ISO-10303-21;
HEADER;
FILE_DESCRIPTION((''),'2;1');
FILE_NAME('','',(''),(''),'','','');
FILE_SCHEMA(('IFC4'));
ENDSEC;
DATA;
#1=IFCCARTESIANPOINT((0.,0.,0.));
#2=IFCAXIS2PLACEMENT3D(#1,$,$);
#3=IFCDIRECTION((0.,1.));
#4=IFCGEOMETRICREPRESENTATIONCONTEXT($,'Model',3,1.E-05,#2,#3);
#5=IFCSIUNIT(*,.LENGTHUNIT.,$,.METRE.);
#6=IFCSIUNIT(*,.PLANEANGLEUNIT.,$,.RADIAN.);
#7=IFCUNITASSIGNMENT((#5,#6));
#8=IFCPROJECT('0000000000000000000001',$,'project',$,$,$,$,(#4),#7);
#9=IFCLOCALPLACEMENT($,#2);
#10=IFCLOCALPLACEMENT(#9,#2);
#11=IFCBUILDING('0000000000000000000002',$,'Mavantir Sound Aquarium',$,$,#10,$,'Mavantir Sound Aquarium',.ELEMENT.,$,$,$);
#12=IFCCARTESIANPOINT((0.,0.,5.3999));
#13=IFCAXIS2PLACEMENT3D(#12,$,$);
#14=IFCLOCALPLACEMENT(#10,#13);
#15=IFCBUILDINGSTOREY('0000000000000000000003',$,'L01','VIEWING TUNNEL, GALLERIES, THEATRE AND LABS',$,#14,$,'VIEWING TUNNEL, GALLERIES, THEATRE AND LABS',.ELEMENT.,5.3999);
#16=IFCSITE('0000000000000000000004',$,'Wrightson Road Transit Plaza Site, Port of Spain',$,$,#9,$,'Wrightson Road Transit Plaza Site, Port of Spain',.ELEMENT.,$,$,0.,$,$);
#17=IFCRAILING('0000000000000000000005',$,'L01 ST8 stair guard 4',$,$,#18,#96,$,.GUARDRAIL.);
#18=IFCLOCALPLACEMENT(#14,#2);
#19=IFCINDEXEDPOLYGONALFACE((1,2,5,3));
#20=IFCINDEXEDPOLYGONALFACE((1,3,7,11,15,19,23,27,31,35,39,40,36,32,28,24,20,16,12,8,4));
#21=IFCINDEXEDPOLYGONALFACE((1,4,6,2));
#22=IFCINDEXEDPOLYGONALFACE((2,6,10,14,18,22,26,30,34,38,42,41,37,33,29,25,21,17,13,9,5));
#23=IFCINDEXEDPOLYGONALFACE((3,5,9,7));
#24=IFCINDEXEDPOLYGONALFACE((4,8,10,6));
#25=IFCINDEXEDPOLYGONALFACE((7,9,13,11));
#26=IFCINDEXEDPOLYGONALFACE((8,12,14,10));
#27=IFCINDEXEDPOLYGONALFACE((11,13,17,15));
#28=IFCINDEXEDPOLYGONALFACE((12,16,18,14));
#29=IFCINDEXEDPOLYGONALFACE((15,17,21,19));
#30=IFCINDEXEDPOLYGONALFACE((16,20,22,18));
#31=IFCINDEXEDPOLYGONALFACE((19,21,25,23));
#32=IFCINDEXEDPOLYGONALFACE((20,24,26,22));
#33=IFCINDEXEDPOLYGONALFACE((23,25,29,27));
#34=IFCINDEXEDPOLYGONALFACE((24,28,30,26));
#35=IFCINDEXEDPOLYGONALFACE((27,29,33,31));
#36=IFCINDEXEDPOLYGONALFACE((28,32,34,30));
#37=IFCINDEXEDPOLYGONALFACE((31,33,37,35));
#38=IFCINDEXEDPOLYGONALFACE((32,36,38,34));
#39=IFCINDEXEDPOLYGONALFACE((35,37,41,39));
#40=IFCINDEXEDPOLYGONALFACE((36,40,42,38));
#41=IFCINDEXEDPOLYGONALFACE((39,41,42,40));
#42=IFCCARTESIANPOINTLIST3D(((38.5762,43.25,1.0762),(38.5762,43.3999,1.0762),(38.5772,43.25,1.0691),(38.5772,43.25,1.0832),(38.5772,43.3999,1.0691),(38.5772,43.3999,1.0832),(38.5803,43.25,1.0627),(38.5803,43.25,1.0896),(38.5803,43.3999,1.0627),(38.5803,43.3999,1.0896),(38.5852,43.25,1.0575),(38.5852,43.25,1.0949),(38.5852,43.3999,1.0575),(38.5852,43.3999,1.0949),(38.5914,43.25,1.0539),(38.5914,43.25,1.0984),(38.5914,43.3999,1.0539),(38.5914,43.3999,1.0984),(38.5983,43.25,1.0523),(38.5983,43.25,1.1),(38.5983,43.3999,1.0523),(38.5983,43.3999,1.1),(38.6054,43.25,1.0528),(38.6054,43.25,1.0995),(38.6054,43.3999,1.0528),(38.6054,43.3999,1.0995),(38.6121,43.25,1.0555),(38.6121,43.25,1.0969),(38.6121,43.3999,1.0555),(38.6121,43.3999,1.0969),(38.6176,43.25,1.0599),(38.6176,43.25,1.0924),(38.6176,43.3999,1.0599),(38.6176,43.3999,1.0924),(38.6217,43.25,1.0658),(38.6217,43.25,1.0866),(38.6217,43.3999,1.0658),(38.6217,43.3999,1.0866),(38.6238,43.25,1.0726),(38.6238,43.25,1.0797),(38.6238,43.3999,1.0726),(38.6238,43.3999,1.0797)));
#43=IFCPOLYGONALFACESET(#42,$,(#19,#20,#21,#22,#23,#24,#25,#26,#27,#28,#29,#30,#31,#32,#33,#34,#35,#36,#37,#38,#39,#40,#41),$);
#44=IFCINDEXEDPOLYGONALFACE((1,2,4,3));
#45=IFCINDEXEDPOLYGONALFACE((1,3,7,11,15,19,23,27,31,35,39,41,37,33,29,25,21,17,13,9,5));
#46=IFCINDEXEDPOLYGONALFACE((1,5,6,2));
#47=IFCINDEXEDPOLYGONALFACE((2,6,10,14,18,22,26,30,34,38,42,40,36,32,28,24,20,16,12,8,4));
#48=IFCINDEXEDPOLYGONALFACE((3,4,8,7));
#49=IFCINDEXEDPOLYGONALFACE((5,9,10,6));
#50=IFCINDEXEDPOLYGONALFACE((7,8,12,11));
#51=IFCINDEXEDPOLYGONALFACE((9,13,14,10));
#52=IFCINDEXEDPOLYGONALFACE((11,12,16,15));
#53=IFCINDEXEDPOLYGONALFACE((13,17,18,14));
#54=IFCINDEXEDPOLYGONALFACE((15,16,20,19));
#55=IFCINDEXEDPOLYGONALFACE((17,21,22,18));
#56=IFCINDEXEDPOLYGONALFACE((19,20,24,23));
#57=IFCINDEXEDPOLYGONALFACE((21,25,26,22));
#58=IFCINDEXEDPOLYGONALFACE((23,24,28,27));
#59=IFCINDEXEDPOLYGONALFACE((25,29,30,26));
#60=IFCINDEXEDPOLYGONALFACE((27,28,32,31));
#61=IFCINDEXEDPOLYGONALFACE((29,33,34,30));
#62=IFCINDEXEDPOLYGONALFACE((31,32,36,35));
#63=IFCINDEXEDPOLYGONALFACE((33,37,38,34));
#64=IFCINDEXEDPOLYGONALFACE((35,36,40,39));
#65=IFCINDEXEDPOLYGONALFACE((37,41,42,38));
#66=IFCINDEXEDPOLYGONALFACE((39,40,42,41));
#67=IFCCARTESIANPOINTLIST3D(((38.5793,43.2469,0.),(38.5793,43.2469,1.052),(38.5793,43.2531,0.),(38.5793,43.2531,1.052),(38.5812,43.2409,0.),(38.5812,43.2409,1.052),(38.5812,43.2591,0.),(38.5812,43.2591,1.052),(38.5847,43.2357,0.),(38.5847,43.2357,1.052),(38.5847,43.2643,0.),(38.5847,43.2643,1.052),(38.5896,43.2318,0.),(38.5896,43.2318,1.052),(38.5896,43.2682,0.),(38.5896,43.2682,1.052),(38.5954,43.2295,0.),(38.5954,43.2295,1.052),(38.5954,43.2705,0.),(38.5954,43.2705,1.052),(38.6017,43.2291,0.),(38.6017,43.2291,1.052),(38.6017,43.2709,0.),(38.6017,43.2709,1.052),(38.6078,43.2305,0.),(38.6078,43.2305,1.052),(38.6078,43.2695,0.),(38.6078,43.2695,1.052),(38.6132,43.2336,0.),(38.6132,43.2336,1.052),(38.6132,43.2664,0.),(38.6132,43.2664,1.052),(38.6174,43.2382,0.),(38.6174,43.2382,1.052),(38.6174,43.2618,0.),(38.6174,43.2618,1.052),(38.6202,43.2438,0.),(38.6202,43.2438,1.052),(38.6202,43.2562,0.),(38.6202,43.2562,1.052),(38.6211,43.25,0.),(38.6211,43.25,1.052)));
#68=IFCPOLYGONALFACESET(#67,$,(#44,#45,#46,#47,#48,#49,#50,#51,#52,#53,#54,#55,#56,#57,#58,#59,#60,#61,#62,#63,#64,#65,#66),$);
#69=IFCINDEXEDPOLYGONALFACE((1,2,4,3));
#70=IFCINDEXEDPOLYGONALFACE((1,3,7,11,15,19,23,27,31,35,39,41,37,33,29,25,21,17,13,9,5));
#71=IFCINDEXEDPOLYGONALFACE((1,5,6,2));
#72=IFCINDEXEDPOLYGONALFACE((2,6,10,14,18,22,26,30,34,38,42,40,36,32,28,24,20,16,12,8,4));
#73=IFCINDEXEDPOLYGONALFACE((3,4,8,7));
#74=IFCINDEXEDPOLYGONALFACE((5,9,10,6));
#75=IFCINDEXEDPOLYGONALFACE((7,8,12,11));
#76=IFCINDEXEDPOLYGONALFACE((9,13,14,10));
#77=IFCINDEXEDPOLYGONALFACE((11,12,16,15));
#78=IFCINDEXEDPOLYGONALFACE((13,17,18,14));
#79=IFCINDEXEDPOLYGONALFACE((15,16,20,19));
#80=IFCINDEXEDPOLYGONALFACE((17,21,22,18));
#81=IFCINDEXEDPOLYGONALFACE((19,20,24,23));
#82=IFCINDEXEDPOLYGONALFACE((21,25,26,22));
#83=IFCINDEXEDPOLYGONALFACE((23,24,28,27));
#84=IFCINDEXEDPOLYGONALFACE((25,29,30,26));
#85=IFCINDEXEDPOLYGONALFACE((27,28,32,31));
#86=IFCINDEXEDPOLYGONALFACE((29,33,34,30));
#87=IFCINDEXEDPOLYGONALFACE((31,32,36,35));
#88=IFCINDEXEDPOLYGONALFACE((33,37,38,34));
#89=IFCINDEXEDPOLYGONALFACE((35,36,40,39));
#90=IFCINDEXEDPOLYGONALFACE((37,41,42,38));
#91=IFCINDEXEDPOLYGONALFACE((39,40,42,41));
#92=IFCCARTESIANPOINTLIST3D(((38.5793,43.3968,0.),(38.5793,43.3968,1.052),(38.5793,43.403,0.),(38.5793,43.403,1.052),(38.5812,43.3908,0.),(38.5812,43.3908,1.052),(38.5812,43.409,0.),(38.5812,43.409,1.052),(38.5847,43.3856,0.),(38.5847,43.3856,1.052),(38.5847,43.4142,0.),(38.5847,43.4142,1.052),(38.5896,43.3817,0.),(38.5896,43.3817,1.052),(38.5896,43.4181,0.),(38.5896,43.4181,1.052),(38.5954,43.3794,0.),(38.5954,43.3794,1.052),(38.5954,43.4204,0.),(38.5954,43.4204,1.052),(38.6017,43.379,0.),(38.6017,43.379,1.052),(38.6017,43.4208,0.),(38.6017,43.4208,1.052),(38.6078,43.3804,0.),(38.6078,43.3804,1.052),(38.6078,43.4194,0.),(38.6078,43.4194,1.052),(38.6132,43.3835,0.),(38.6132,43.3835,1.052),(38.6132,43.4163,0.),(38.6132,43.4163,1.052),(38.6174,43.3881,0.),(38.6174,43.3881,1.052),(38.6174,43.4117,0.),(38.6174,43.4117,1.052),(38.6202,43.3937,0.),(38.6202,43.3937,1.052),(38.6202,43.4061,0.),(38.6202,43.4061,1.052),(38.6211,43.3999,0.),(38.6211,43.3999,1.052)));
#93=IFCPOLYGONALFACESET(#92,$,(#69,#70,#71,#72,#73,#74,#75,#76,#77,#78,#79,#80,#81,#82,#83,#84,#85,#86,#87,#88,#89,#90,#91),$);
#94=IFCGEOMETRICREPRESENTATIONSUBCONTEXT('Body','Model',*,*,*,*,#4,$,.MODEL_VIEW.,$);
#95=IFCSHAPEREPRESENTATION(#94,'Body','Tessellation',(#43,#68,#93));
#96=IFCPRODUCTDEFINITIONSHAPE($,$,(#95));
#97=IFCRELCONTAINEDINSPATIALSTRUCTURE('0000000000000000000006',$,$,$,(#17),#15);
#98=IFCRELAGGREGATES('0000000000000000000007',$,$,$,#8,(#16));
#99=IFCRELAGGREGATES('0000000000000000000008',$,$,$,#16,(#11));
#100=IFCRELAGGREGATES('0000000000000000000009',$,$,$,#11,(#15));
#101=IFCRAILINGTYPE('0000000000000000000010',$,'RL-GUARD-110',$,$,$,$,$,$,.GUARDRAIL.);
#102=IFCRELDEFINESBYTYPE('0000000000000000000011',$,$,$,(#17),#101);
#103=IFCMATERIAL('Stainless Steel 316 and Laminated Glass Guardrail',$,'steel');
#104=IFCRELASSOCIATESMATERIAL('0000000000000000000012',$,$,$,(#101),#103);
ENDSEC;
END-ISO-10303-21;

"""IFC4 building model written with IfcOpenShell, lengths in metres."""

from ifc_helpers import new_model, si_unit, direction, frame, origin, origin_2d, place, context, subcontext, project, spatial, circle, extrude, material, type_object, element, save


model = new_model("IFC4")

# Units and contexts
model_context = context("Model", 3, precision=1e-05, world=origin(), true_north=direction((0.0, 1.0)))
body_context = subcontext(model_context, "Body", "Model", "MODEL_VIEW")
ifc_project = project(units=[si_unit("LENGTHUNIT", "METRE"), si_unit("PLANEANGLEUNIT", "RADIAN")], contexts=[model_context])

# Site, building, storey
site_placement = place(None, origin())
site = spatial("IfcSite", under=ifc_project, at=site_placement, Name="Wrightson Road Transit Plaza Site, Port of Spain", LongName="Wrightson Road Transit Plaza Site, Port of Spain", CompositionType="ELEMENT", RefElevation=0.0)
building_placement = place(site_placement, origin())
building = spatial("IfcBuilding", under=site, at=building_placement, Name="Mavantir Sound Aquarium", LongName="Mavantir Sound Aquarium", CompositionType="ELEMENT")
storey_placement = place(building_placement, frame((0.0, 0.0, 5.3999)))
storey = spatial("IfcBuildingStorey", under=building, at=storey_placement, Name="L01", Description="VIEWING TUNNEL, GALLERIES, THEATRE AND LABS", LongName="VIEWING TUNNEL, GALLERIES, THEATRE AND LABS", CompositionType="ELEMENT", Elevation=5.3999)

# Railing
ifc_material_1 = material(Name="Stainless Steel 316 and Laminated Glass Guardrail", Category="steel")
railing_type_1 = type_object("IfcRailingType", Name="RL-GUARD-110", PredefinedType="GUARDRAIL", material=ifc_material_1)
railing_1_placement = place(storey_placement, frame((38.6001, 43.25, 0.0)))
element("IfcRailing", 1, at=railing_1_placement, inside=storey, type_object=railing_type_1, Name="L01 ST8 stair guard 4", PredefinedType="GUARDRAIL", context=body_context, shape_type="SweptSolid", body=[
    extrude(circle(Radius=0.0239, at=origin_2d()), frame((0.0, 0.0, 1.0762), z_axis=(0.0, 1.0, 0.0), x_axis=(-1.0, 0.0, 0.0)), (0.0, 0.0, 1.0), 0.1499),
    extrude(circle(Radius=0.021, at=origin_2d()), origin(), (0.0, 0.0, 1.0), 1.052),
    extrude(circle(Radius=0.021, at=origin_2d()), frame((0.0, 0.1499, 0.0)), (0.0, 0.0, 1.0), 1.052),
])

save(model, "model.ifc")
